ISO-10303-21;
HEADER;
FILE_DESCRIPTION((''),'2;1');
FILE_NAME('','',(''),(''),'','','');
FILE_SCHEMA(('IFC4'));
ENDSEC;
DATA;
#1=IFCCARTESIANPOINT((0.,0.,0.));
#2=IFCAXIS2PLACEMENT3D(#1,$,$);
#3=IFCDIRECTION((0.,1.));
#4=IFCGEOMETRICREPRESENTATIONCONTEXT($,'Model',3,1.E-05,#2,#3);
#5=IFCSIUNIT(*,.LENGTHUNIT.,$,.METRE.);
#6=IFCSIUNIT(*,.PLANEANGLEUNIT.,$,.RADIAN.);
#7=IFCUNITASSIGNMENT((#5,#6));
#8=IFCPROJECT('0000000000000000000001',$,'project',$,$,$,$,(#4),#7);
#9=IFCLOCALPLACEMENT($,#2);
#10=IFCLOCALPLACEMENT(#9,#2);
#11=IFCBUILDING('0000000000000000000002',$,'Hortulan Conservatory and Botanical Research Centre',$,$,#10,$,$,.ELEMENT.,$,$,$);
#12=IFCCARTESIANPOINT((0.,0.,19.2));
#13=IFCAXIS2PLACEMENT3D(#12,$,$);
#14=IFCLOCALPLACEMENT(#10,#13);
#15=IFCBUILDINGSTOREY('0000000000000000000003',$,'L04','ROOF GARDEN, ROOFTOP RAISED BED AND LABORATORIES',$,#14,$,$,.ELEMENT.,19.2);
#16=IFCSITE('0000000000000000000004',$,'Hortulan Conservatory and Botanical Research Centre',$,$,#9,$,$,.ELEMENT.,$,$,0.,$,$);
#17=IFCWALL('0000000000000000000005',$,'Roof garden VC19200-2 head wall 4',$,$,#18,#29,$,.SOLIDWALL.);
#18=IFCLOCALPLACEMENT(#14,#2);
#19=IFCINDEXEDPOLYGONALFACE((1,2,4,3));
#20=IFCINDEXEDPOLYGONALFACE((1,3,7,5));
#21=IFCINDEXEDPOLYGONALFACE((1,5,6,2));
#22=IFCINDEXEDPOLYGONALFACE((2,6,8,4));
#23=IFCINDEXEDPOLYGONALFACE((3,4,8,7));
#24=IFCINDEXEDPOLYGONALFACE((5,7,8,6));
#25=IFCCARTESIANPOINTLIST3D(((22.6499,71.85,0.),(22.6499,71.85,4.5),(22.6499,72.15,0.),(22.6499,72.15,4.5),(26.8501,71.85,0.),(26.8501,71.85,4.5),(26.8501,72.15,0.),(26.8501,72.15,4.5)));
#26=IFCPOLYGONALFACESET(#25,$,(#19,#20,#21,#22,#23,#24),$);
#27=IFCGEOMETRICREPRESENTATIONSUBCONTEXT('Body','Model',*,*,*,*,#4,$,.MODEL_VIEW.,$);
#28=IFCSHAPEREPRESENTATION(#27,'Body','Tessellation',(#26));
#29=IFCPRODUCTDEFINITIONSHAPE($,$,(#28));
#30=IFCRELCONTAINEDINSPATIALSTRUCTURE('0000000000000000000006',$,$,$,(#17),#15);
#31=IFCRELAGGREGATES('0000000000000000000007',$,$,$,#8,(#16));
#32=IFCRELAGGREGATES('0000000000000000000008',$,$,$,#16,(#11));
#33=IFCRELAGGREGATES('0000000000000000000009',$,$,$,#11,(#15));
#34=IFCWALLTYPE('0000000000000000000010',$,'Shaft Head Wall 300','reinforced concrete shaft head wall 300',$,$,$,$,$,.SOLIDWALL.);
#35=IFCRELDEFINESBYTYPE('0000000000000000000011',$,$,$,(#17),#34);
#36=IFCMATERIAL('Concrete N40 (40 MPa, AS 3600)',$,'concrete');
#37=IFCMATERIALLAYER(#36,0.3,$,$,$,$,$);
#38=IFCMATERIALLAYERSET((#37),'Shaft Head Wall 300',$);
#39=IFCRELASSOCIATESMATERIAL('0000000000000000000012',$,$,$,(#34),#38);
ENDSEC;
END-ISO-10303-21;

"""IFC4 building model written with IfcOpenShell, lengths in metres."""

from ifc_helpers import new_model, si_unit, direction, frame, frame_2d, origin, place, context, subcontext, project, spatial, rectangle, extrude, material, layer, layer_set, type_object, element, save


model = new_model("IFC4")

# Units and contexts
model_context = context("Model", 3, precision=1e-05, world=origin(), true_north=direction((0.0, 1.0)))
body_context = subcontext(model_context, "Body", "Model", "MODEL_VIEW")
ifc_project = project(units=[si_unit("LENGTHUNIT", "METRE"), si_unit("PLANEANGLEUNIT", "RADIAN")], contexts=[model_context])

# Site, building, storey
site_placement = place(None, origin())
site = spatial("IfcSite", under=ifc_project, at=site_placement, Name="Hortulan Conservatory and Botanical Research Centre", CompositionType="ELEMENT", RefElevation=0.0)
building_placement = place(site_placement, origin())
building = spatial("IfcBuilding", under=site, at=building_placement, Name="Hortulan Conservatory and Botanical Research Centre", CompositionType="ELEMENT")
storey_placement = place(building_placement, frame((0.0, 0.0, 19.2)))
storey = spatial("IfcBuildingStorey", under=building, at=storey_placement, Name="L04", Description="ROOF GARDEN, ROOFTOP RAISED BED AND LABORATORIES", CompositionType="ELEMENT", Elevation=19.2)

# Shared definitions
ifc_material_1 = material(Name="Concrete N40 (40 MPa, AS 3600)", Category="concrete")
ifc_layer_1 = layer(ifc_material_1, 0.3)
ifc_layer_set_1 = layer_set([ifc_layer_1], Name="Shaft Head Wall 300")
wall_type_1 = type_object("IfcWallType", Name="Shaft Head Wall 300", Description="reinforced concrete shaft head wall 300", PredefinedType="SOLIDWALL", material=ifc_layer_set_1)

# Wall
wall_1_placement = place(storey_placement, frame((22.6499, 72.0, 0.0), z_axis=(0.0, 0.0, 1.0), x_axis=(1.0, 0.0, 0.0)))
element("IfcWall", 1, at=wall_1_placement, inside=storey, type_object=wall_type_1, Name="Roof garden VC19200-2 head wall 4", PredefinedType="SOLIDWALL", context=body_context, shape_type="SweptSolid", body=[
    extrude(rectangle(XDim=4.2002, YDim=0.3, at=frame_2d((2.1001, 0.0))), origin(), (0.0, 0.0, 1.0), 4.5),
])

save(model, "model.ifc")
